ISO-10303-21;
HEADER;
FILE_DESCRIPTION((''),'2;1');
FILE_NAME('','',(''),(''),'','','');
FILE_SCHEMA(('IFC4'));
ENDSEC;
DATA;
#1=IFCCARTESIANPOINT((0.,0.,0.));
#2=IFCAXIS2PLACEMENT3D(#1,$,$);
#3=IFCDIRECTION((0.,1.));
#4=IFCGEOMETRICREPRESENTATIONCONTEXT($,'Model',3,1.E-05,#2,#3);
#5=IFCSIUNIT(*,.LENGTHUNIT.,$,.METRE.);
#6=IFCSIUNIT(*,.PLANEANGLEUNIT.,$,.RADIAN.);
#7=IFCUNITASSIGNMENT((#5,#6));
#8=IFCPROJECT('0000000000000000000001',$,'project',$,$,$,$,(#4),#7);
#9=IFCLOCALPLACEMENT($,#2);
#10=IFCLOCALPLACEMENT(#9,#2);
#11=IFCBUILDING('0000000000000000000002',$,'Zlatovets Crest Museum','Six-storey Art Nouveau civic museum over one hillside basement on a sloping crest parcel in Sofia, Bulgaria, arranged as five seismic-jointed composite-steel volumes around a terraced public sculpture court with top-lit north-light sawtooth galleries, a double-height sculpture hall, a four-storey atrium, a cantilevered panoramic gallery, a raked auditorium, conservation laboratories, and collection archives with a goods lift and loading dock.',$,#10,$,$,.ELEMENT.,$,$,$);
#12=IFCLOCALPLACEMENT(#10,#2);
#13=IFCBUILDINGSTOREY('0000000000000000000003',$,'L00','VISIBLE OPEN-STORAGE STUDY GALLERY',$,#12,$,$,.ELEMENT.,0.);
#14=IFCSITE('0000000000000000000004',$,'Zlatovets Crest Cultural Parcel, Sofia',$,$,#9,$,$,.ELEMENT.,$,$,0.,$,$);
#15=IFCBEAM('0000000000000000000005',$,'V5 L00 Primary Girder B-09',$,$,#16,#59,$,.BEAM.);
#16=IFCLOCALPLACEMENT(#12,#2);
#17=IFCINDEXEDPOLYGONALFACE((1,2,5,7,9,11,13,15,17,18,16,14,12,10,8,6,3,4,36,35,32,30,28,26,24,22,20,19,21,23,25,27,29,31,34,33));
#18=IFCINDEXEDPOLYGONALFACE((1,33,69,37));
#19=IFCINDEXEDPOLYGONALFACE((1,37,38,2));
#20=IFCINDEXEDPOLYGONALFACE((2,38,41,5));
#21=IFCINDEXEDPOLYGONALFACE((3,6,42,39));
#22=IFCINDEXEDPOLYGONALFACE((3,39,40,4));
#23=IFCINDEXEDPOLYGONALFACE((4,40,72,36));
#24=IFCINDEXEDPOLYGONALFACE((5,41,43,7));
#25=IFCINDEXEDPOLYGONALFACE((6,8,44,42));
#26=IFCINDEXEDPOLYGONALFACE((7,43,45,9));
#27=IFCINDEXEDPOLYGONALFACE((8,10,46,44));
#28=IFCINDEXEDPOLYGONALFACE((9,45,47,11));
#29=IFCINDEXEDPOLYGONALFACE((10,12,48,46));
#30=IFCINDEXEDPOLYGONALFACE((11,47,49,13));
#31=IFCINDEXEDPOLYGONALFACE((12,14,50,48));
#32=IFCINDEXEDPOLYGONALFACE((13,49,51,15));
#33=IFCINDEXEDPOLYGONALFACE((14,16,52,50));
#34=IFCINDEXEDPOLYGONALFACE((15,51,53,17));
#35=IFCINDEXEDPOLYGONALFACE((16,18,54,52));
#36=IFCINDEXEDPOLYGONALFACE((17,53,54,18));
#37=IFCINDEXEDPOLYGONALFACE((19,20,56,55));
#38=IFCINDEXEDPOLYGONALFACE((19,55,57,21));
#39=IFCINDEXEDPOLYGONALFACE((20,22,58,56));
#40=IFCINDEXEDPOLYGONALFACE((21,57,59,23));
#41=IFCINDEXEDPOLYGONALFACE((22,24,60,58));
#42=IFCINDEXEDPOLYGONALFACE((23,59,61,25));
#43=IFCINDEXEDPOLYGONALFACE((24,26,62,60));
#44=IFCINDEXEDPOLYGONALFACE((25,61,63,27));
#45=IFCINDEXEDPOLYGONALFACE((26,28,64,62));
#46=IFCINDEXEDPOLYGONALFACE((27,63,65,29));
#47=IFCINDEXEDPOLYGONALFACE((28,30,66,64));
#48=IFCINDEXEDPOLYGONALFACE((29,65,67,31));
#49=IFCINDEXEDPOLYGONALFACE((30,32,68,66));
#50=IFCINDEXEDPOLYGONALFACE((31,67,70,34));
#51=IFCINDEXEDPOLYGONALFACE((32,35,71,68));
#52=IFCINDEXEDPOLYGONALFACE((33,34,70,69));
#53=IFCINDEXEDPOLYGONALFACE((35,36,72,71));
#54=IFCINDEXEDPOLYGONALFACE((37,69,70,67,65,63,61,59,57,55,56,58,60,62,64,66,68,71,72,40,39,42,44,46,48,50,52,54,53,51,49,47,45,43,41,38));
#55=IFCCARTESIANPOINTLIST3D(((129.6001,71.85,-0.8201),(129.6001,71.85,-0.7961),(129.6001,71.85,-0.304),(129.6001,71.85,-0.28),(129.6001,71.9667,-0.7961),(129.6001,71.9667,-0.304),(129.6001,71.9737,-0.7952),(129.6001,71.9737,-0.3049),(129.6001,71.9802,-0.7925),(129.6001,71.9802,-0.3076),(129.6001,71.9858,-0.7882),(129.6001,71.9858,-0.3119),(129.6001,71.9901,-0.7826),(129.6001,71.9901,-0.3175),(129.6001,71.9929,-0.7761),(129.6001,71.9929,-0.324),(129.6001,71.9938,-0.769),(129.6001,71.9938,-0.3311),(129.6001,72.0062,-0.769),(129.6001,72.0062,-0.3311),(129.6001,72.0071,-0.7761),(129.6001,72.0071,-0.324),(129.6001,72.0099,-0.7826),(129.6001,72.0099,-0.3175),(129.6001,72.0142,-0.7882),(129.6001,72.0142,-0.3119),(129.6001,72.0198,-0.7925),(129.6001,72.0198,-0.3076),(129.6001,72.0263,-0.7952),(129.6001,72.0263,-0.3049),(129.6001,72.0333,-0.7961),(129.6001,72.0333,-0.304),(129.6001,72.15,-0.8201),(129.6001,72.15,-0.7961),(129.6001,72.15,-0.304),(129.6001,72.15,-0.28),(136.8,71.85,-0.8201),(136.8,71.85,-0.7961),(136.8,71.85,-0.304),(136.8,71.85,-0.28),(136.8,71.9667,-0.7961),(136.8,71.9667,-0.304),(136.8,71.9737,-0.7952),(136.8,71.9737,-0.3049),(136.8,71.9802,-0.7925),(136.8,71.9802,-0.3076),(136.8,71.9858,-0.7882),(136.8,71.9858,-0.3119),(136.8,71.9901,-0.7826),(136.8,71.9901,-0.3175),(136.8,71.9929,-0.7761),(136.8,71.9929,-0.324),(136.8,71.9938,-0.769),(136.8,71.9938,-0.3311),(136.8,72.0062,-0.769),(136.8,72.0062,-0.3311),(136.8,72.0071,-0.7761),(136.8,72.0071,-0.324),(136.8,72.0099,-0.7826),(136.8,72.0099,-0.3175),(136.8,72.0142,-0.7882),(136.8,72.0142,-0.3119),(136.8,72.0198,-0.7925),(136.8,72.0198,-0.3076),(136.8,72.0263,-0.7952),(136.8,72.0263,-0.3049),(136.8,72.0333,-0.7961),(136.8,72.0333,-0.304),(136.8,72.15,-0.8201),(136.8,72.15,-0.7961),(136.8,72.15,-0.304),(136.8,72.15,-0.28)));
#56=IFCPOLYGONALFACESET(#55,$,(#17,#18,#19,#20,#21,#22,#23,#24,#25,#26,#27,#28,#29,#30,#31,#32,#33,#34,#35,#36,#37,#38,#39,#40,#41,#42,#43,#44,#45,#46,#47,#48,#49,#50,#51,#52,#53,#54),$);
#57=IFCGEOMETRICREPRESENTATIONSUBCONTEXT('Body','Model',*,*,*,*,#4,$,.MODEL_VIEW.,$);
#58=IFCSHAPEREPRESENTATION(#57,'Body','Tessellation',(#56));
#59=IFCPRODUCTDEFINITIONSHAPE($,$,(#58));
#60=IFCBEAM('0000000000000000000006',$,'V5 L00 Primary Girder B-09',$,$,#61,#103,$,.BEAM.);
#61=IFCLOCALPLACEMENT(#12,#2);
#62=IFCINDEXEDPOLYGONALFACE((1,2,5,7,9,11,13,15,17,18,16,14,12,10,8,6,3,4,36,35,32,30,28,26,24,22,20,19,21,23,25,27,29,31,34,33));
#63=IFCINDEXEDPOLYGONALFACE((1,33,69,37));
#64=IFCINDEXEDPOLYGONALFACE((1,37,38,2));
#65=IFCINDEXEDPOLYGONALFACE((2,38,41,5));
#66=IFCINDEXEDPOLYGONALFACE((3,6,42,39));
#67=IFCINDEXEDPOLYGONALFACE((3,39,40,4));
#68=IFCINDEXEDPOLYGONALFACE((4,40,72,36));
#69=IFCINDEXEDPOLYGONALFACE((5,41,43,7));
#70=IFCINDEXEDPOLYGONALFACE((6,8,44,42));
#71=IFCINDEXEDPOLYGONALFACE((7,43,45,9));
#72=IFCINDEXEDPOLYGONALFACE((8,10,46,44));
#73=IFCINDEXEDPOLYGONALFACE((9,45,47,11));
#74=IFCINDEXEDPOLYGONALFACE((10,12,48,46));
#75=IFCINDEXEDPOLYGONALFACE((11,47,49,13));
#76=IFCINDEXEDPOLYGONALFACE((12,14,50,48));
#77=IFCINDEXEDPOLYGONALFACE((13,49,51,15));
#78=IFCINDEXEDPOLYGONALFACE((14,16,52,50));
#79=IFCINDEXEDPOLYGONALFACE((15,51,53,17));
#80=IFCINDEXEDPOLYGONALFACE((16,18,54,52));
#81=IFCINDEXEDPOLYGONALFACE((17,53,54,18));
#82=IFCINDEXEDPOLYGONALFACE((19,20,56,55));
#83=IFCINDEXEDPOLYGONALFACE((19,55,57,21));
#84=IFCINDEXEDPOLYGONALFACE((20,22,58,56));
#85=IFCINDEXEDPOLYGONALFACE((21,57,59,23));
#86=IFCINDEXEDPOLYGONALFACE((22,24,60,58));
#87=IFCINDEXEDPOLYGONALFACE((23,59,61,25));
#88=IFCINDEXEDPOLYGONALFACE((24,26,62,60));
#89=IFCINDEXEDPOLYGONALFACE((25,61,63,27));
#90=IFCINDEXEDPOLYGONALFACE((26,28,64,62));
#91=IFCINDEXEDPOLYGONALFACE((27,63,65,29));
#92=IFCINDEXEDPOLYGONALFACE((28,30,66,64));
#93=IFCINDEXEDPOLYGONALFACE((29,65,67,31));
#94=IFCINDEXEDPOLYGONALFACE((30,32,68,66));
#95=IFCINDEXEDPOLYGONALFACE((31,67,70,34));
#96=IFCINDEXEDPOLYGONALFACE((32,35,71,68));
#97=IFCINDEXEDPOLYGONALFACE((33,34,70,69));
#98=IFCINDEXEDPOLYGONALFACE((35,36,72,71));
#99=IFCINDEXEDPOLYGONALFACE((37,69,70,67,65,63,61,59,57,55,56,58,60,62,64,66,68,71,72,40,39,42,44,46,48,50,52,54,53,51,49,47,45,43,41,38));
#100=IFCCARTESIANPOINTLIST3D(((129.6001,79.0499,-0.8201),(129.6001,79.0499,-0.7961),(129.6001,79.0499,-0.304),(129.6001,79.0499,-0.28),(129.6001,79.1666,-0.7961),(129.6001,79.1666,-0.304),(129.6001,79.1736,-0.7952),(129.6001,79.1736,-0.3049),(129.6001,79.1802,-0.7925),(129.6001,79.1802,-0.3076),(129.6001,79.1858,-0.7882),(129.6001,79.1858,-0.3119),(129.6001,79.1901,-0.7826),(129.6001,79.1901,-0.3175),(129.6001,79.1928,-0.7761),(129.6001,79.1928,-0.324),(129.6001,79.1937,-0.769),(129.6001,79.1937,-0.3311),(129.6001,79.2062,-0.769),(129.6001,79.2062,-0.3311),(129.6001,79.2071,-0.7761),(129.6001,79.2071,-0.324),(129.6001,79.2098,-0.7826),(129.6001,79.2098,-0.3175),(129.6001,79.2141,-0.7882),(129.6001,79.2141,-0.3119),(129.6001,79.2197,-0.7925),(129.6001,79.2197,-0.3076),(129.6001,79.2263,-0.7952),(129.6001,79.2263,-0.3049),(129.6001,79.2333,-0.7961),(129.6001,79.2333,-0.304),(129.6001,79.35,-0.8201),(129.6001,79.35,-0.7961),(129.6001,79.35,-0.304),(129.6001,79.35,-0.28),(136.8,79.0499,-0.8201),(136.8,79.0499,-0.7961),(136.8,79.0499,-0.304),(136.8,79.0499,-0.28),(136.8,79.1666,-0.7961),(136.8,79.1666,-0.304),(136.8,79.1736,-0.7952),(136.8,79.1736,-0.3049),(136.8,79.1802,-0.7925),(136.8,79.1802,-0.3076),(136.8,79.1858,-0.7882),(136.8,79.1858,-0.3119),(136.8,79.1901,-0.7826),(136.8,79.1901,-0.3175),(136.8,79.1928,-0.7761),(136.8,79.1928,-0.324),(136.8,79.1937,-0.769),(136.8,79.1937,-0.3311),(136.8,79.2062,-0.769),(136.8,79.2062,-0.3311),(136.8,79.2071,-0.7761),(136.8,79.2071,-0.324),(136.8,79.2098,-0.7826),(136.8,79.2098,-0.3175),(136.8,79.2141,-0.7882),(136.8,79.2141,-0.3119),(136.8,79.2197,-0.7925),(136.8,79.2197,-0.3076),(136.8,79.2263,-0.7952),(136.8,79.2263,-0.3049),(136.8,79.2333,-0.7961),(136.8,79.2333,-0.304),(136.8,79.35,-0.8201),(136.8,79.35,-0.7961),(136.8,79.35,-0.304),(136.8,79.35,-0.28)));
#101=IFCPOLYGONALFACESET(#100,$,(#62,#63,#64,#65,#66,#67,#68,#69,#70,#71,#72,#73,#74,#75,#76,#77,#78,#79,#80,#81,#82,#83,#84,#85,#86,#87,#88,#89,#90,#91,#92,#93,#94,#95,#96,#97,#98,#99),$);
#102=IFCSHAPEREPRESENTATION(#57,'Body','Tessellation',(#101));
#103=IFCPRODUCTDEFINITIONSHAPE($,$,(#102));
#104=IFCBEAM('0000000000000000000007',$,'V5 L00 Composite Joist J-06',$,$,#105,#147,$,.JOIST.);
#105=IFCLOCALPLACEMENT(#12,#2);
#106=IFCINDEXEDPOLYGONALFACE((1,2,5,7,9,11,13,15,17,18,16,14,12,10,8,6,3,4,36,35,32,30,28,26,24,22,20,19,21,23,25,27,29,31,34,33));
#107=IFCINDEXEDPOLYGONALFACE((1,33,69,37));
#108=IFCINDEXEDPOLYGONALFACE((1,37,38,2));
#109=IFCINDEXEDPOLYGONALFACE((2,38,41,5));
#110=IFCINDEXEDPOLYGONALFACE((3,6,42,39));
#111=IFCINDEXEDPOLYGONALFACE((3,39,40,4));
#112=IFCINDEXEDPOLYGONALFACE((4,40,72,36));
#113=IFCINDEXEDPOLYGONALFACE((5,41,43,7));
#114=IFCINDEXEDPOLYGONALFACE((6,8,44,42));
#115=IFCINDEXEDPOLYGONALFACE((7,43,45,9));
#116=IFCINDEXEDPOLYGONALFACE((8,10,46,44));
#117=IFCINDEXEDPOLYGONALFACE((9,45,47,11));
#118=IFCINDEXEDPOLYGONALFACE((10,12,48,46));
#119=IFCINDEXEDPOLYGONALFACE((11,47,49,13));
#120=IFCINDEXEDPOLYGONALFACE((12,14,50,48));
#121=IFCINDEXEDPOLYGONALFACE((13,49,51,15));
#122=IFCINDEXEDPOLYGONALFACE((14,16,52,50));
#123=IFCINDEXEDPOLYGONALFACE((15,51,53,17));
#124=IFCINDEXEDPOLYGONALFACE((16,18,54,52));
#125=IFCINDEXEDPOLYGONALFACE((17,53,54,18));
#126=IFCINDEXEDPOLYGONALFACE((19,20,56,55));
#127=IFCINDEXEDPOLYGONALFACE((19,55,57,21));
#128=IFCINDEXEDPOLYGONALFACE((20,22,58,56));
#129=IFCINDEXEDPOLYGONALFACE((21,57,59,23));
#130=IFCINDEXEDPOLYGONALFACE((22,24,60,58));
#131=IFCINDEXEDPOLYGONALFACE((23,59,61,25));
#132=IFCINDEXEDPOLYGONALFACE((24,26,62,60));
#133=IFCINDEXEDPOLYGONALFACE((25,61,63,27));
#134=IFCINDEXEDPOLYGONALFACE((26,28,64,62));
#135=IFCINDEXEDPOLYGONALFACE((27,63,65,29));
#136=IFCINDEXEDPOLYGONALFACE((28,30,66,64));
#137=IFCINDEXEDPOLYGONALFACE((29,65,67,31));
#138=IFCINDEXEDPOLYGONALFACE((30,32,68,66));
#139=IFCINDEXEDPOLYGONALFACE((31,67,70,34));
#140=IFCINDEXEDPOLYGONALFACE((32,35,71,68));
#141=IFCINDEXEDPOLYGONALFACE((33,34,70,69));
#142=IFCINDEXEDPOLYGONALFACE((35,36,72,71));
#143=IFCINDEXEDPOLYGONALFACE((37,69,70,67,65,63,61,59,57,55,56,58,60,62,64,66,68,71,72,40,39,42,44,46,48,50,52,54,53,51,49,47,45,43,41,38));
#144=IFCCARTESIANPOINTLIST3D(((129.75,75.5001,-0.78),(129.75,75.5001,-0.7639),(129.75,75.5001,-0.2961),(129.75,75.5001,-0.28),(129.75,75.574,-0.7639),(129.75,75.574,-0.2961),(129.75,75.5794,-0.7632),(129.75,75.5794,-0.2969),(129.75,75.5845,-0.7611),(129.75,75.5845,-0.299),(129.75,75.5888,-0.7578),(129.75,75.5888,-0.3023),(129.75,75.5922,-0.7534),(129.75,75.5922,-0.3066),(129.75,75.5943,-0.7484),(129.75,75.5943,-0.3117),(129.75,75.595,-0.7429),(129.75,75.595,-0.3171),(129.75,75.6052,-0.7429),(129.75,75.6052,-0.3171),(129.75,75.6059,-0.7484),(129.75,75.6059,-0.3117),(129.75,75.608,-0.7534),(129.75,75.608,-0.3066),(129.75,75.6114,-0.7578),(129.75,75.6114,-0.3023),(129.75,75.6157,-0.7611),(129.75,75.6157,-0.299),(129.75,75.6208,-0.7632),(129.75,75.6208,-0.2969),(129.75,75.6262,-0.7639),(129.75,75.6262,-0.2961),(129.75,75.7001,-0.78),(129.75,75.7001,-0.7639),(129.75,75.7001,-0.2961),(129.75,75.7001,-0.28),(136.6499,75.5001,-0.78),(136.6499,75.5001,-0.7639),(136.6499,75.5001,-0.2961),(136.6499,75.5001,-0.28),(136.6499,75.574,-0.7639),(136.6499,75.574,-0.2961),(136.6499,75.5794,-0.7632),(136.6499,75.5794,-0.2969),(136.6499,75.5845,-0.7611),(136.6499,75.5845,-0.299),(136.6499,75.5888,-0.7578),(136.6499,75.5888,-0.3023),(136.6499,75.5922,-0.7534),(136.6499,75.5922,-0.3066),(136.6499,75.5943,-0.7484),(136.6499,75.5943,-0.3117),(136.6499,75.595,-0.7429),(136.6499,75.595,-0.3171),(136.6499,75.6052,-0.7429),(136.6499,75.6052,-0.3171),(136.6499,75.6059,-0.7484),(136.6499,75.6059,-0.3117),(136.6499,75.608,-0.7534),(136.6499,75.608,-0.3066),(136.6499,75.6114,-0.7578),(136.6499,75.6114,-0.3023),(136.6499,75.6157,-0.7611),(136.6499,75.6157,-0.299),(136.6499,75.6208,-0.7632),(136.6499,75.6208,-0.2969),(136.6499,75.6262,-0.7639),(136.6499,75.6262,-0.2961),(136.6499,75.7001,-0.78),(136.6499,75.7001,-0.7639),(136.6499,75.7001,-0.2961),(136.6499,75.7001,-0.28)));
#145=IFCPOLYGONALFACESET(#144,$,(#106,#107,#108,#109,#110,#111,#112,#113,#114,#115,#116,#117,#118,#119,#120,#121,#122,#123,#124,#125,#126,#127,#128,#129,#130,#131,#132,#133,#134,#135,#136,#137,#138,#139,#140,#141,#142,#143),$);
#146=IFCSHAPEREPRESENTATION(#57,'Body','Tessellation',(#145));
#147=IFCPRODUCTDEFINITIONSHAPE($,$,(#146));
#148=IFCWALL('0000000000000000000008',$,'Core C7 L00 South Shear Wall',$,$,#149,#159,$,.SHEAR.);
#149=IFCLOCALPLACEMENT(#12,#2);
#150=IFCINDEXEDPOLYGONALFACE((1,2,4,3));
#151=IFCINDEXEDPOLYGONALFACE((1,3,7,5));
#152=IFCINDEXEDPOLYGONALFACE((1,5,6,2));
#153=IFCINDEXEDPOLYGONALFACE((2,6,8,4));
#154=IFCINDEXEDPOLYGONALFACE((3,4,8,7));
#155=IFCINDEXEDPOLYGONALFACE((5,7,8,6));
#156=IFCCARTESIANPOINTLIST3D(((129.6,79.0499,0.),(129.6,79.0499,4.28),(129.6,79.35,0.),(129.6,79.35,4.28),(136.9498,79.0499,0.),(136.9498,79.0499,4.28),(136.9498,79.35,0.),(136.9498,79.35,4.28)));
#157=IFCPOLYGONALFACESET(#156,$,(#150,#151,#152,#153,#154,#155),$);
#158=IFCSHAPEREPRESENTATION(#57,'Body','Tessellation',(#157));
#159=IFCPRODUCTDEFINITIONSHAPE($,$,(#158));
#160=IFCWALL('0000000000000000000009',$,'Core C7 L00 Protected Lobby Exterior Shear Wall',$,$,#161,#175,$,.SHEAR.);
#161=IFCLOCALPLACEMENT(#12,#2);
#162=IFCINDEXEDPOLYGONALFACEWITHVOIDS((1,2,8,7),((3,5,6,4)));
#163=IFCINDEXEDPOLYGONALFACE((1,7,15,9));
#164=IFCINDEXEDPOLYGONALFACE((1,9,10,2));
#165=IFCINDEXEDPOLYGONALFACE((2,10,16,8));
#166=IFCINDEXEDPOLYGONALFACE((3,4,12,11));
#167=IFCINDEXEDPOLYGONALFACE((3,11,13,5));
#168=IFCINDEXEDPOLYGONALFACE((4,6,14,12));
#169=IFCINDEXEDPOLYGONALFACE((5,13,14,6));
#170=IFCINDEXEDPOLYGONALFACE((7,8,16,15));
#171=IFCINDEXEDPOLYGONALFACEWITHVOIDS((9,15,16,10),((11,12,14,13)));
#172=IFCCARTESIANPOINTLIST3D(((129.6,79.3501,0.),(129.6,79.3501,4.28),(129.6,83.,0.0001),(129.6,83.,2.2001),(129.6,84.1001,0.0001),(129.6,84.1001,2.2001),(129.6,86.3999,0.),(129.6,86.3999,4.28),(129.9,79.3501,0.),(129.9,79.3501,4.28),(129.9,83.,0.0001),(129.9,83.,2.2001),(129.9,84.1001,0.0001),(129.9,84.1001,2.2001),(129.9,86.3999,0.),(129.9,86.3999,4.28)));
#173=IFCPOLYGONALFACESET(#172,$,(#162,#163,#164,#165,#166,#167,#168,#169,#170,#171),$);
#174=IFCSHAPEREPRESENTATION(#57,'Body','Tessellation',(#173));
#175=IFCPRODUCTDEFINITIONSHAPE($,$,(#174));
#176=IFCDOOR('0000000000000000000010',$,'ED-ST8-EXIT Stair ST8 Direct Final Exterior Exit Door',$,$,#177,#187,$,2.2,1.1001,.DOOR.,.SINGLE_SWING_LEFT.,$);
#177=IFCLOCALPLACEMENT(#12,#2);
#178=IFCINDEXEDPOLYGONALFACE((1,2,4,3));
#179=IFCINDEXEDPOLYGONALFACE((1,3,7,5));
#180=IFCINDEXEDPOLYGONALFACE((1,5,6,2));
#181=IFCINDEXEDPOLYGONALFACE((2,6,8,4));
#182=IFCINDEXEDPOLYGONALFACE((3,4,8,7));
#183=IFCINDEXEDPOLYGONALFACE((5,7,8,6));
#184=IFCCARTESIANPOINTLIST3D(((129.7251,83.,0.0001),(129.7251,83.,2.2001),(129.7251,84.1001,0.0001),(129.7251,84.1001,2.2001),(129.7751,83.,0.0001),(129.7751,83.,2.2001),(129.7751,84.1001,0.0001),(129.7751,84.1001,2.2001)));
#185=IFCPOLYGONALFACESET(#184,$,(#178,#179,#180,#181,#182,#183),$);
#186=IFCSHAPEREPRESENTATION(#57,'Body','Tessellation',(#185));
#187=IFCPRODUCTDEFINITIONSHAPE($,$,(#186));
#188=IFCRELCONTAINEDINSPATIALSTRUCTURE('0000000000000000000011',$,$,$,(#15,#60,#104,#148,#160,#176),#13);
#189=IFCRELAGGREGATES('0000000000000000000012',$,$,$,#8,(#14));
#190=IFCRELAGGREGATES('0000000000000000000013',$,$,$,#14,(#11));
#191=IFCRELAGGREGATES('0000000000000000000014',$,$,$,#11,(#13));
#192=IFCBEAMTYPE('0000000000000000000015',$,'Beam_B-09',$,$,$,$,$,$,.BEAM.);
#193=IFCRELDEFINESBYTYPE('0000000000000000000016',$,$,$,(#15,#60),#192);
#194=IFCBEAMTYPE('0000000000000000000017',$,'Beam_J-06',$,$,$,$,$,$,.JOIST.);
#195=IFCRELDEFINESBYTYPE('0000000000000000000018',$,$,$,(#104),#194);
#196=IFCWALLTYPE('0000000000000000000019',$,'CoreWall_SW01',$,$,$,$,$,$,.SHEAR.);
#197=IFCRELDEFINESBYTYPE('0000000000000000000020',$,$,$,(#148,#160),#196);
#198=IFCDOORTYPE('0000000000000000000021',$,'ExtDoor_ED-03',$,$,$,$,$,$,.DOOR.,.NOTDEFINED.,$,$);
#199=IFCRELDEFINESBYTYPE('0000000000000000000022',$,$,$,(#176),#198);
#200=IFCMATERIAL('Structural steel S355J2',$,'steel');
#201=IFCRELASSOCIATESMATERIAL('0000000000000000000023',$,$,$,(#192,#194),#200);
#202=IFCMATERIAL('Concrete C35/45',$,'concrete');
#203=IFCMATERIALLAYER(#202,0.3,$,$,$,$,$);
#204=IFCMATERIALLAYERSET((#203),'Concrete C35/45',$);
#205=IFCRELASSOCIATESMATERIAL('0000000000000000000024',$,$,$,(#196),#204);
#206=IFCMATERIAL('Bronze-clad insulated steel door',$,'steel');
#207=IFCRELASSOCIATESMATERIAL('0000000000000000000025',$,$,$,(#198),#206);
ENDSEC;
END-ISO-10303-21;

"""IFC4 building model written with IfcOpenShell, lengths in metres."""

from ifc_helpers import new_model, si_unit, direction, frame, frame_2d, origin, origin_2d, place, context, subcontext, project, spatial, rectangle, i_section, extrude, material, layer, layer_set, material_profile, profile_set, type_object, element, fill, save


model = new_model("IFC4")

# Units and contexts
model_context = context("Model", 3, precision=1e-05, world=origin(), true_north=direction((0.0, 1.0)))
body_context = subcontext(model_context, "Body", "Model", "MODEL_VIEW")
ifc_project = project(units=[si_unit("LENGTHUNIT", "METRE"), si_unit("PLANEANGLEUNIT", "RADIAN")], contexts=[model_context])

# Site, building, storey
site_placement = place(None, origin())
site = spatial("IfcSite", under=ifc_project, at=site_placement, Name="Zlatovets Crest Cultural Parcel, Sofia", CompositionType="ELEMENT", RefElevation=0.0)
building_placement = place(site_placement, origin())
building = spatial("IfcBuilding", under=site, at=building_placement, Name="Zlatovets Crest Museum", Description="Six-storey Art Nouveau civic museum over one hillside basement on a sloping crest parcel in Sofia, Bulgaria, arranged as five seismic-jointed composite-steel volumes around a terraced public sculpture court with top-lit north-light sawtooth galleries, a double-height sculpture hall, a four-storey atrium, a cantilevered panoramic gallery, a raked auditorium, conservation laboratories, and collection archives with a goods lift and loading dock.", CompositionType="ELEMENT")
storey_placement = place(building_placement, origin())
storey = spatial("IfcBuildingStorey", under=building, at=storey_placement, Name="L00", Description="VISIBLE OPEN-STORAGE STUDY GALLERY", CompositionType="ELEMENT", Elevation=0.0)

# Shared definitions
ifc_material_1 = material(Name="Structural steel S355J2", Category="steel")

# Beams
ifc_material_profile_1 = material_profile(ifc_material_1, i_section(OverallWidth=0.3, OverallDepth=0.54, WebThickness=0.0125, FlangeThickness=0.0239, FilletRadius=0.0271, at=origin_2d()), Name="HEA 550")
ifc_profile_set_1 = profile_set([ifc_material_profile_1], Name="Structural steel S355J2")
beam_type_1 = type_object("IfcBeamType", Name="Beam_B-09", PredefinedType="BEAM", material=ifc_profile_set_1)
for number, where, z_axis, x_axis, name in (
    (1, (129.6001, 72.0, -0.55), (1.0, 0.0, 0.0), (0.0, 1.0, 0.0), "V5 L00 Primary Girder B-09"),
    (2, (129.6001, 79.2, -0.55), (1.0, 0.0, 0.0), (0.0, 1.0, 0.0), "V5 L00 Primary Girder B-09"),
):
    element("IfcBeam", number, at=place(storey_placement, frame(where, z_axis=z_axis, x_axis=x_axis)), inside=storey, type_object=beam_type_1, Name=name, PredefinedType="BEAM", context=body_context, shape_type="SweptSolid", body=[
        extrude(i_section(OverallWidth=0.3, OverallDepth=0.54, WebThickness=0.0125, FlangeThickness=0.0239, FilletRadius=0.0271, at=origin_2d()), origin(), (0.0, 0.0, 1.0), 7.2),
    ])
ifc_material_profile_2 = material_profile(ifc_material_1, i_section(OverallWidth=0.2, OverallDepth=0.5, WebThickness=0.0103, FlangeThickness=0.0161, FilletRadius=0.021, at=origin_2d()), Name="IPE 500")
ifc_profile_set_2 = profile_set([ifc_material_profile_2], Name="Structural steel S355J2")
beam_type_2 = type_object("IfcBeamType", Name="Beam_J-06", PredefinedType="JOIST", material=ifc_profile_set_2)
beam_placement = place(storey_placement, frame((129.75, 75.6001, -0.53), z_axis=(1.0, 0.0, 0.0), x_axis=(0.0, 1.0, 0.0)))
element("IfcBeam", 3, at=beam_placement, inside=storey, type_object=beam_type_2, Name="V5 L00 Composite Joist J-06", PredefinedType="JOIST", context=body_context, shape_type="SweptSolid", body=[
    extrude(i_section(OverallWidth=0.2, OverallDepth=0.5, WebThickness=0.0103, FlangeThickness=0.0161, FilletRadius=0.021, at=origin_2d()), origin(), (0.0, 0.0, 1.0), 6.8999),
])

# Wall
ifc_material_2 = material(Name="Concrete C35/45", Category="concrete")
ifc_layer_1 = layer(ifc_material_2, 0.3)
ifc_layer_set_1 = layer_set([ifc_layer_1], Name="Concrete C35/45")
wall_type_1 = type_object("IfcWallType", Name="CoreWall_SW01", PredefinedType="SHEAR", material=ifc_layer_set_1)
wall_1_placement = place(storey_placement, frame((129.6001, 79.2, 0.0), z_axis=(0.0, 0.0, 1.0), x_axis=(1.0, 0.0, 0.0)))
element("IfcWall", 4, at=wall_1_placement, inside=storey, type_object=wall_type_1, Name="Core C7 L00 South Shear Wall", PredefinedType="SHEAR", context=body_context, shape_type="SweptSolid", body=[
    extrude(rectangle(XDim=7.3499, YDim=0.3, at=frame_2d((3.6748, 0.0))), origin(), (0.0, 0.0, 1.0), 4.28),
])

# Wall, opening, door
wall_2_placement = place(storey_placement, frame((129.75, 79.3501, 0.0), z_axis=(0.0, 0.0, 1.0), x_axis=(0.0, 1.0, 0.0)))
wall_2 = element("IfcWall", 5, at=wall_2_placement, inside=storey, type_object=wall_type_1, Name="Core C7 L00 Protected Lobby Exterior Shear Wall", PredefinedType="SHEAR", context=body_context, shape_type="SweptSolid", body=[
    extrude(rectangle(XDim=7.0498, YDim=0.3, at=frame_2d((3.5249, 0.0))), origin(), (0.0, 0.0, 1.0), 4.28),
])
opening_1_placement = place(wall_2_placement, frame((3.6499, 0.0, 0.0)))
opening_1 = element("IfcOpeningElement", 6, at=opening_1_placement, cuts=wall_2, PredefinedType="OPENING", context=body_context, shape_type="SweptSolid", body=[
    extrude(rectangle(XDim=1.1001, YDim=2.2, at=frame_2d((0.55, 1.1001))), frame((0.0, 0.1602, 0.0), z_axis=(0.0, -1.0, 0.0), x_axis=(1.0, 0.0, 0.0)), (0.0, 0.0, 1.0), 0.3201),
])
ifc_material_3 = material(Name="Bronze-clad insulated steel door", Category="steel")
door_type_1 = type_object("IfcDoorType", Name="ExtDoor_ED-03", OperationType="NOTDEFINED", PredefinedType="DOOR", material=ifc_material_3)
door_1_placement = place(opening_1_placement, origin())
door_1 = element("IfcDoor", 7, at=door_1_placement, inside=storey, type_object=door_type_1, Name="ED-ST8-EXIT Stair ST8 Direct Final Exterior Exit Door", OperationType="SINGLE_SWING_LEFT", OverallHeight=2.2, OverallWidth=1.1001, PredefinedType="DOOR", context=body_context, shape_type="SweptSolid", body=[
    extrude(rectangle(XDim=1.1001, YDim=2.2, at=frame_2d((0.55, 1.1001))), frame((0.0, 0.0249, 0.0), z_axis=(0.0, -1.0, 0.0), x_axis=(1.0, 0.0, 0.0)), (0.0, 0.0, 1.0), 0.05),
])
fill(opening_1, door_1)

save(model, "model.ifc")
